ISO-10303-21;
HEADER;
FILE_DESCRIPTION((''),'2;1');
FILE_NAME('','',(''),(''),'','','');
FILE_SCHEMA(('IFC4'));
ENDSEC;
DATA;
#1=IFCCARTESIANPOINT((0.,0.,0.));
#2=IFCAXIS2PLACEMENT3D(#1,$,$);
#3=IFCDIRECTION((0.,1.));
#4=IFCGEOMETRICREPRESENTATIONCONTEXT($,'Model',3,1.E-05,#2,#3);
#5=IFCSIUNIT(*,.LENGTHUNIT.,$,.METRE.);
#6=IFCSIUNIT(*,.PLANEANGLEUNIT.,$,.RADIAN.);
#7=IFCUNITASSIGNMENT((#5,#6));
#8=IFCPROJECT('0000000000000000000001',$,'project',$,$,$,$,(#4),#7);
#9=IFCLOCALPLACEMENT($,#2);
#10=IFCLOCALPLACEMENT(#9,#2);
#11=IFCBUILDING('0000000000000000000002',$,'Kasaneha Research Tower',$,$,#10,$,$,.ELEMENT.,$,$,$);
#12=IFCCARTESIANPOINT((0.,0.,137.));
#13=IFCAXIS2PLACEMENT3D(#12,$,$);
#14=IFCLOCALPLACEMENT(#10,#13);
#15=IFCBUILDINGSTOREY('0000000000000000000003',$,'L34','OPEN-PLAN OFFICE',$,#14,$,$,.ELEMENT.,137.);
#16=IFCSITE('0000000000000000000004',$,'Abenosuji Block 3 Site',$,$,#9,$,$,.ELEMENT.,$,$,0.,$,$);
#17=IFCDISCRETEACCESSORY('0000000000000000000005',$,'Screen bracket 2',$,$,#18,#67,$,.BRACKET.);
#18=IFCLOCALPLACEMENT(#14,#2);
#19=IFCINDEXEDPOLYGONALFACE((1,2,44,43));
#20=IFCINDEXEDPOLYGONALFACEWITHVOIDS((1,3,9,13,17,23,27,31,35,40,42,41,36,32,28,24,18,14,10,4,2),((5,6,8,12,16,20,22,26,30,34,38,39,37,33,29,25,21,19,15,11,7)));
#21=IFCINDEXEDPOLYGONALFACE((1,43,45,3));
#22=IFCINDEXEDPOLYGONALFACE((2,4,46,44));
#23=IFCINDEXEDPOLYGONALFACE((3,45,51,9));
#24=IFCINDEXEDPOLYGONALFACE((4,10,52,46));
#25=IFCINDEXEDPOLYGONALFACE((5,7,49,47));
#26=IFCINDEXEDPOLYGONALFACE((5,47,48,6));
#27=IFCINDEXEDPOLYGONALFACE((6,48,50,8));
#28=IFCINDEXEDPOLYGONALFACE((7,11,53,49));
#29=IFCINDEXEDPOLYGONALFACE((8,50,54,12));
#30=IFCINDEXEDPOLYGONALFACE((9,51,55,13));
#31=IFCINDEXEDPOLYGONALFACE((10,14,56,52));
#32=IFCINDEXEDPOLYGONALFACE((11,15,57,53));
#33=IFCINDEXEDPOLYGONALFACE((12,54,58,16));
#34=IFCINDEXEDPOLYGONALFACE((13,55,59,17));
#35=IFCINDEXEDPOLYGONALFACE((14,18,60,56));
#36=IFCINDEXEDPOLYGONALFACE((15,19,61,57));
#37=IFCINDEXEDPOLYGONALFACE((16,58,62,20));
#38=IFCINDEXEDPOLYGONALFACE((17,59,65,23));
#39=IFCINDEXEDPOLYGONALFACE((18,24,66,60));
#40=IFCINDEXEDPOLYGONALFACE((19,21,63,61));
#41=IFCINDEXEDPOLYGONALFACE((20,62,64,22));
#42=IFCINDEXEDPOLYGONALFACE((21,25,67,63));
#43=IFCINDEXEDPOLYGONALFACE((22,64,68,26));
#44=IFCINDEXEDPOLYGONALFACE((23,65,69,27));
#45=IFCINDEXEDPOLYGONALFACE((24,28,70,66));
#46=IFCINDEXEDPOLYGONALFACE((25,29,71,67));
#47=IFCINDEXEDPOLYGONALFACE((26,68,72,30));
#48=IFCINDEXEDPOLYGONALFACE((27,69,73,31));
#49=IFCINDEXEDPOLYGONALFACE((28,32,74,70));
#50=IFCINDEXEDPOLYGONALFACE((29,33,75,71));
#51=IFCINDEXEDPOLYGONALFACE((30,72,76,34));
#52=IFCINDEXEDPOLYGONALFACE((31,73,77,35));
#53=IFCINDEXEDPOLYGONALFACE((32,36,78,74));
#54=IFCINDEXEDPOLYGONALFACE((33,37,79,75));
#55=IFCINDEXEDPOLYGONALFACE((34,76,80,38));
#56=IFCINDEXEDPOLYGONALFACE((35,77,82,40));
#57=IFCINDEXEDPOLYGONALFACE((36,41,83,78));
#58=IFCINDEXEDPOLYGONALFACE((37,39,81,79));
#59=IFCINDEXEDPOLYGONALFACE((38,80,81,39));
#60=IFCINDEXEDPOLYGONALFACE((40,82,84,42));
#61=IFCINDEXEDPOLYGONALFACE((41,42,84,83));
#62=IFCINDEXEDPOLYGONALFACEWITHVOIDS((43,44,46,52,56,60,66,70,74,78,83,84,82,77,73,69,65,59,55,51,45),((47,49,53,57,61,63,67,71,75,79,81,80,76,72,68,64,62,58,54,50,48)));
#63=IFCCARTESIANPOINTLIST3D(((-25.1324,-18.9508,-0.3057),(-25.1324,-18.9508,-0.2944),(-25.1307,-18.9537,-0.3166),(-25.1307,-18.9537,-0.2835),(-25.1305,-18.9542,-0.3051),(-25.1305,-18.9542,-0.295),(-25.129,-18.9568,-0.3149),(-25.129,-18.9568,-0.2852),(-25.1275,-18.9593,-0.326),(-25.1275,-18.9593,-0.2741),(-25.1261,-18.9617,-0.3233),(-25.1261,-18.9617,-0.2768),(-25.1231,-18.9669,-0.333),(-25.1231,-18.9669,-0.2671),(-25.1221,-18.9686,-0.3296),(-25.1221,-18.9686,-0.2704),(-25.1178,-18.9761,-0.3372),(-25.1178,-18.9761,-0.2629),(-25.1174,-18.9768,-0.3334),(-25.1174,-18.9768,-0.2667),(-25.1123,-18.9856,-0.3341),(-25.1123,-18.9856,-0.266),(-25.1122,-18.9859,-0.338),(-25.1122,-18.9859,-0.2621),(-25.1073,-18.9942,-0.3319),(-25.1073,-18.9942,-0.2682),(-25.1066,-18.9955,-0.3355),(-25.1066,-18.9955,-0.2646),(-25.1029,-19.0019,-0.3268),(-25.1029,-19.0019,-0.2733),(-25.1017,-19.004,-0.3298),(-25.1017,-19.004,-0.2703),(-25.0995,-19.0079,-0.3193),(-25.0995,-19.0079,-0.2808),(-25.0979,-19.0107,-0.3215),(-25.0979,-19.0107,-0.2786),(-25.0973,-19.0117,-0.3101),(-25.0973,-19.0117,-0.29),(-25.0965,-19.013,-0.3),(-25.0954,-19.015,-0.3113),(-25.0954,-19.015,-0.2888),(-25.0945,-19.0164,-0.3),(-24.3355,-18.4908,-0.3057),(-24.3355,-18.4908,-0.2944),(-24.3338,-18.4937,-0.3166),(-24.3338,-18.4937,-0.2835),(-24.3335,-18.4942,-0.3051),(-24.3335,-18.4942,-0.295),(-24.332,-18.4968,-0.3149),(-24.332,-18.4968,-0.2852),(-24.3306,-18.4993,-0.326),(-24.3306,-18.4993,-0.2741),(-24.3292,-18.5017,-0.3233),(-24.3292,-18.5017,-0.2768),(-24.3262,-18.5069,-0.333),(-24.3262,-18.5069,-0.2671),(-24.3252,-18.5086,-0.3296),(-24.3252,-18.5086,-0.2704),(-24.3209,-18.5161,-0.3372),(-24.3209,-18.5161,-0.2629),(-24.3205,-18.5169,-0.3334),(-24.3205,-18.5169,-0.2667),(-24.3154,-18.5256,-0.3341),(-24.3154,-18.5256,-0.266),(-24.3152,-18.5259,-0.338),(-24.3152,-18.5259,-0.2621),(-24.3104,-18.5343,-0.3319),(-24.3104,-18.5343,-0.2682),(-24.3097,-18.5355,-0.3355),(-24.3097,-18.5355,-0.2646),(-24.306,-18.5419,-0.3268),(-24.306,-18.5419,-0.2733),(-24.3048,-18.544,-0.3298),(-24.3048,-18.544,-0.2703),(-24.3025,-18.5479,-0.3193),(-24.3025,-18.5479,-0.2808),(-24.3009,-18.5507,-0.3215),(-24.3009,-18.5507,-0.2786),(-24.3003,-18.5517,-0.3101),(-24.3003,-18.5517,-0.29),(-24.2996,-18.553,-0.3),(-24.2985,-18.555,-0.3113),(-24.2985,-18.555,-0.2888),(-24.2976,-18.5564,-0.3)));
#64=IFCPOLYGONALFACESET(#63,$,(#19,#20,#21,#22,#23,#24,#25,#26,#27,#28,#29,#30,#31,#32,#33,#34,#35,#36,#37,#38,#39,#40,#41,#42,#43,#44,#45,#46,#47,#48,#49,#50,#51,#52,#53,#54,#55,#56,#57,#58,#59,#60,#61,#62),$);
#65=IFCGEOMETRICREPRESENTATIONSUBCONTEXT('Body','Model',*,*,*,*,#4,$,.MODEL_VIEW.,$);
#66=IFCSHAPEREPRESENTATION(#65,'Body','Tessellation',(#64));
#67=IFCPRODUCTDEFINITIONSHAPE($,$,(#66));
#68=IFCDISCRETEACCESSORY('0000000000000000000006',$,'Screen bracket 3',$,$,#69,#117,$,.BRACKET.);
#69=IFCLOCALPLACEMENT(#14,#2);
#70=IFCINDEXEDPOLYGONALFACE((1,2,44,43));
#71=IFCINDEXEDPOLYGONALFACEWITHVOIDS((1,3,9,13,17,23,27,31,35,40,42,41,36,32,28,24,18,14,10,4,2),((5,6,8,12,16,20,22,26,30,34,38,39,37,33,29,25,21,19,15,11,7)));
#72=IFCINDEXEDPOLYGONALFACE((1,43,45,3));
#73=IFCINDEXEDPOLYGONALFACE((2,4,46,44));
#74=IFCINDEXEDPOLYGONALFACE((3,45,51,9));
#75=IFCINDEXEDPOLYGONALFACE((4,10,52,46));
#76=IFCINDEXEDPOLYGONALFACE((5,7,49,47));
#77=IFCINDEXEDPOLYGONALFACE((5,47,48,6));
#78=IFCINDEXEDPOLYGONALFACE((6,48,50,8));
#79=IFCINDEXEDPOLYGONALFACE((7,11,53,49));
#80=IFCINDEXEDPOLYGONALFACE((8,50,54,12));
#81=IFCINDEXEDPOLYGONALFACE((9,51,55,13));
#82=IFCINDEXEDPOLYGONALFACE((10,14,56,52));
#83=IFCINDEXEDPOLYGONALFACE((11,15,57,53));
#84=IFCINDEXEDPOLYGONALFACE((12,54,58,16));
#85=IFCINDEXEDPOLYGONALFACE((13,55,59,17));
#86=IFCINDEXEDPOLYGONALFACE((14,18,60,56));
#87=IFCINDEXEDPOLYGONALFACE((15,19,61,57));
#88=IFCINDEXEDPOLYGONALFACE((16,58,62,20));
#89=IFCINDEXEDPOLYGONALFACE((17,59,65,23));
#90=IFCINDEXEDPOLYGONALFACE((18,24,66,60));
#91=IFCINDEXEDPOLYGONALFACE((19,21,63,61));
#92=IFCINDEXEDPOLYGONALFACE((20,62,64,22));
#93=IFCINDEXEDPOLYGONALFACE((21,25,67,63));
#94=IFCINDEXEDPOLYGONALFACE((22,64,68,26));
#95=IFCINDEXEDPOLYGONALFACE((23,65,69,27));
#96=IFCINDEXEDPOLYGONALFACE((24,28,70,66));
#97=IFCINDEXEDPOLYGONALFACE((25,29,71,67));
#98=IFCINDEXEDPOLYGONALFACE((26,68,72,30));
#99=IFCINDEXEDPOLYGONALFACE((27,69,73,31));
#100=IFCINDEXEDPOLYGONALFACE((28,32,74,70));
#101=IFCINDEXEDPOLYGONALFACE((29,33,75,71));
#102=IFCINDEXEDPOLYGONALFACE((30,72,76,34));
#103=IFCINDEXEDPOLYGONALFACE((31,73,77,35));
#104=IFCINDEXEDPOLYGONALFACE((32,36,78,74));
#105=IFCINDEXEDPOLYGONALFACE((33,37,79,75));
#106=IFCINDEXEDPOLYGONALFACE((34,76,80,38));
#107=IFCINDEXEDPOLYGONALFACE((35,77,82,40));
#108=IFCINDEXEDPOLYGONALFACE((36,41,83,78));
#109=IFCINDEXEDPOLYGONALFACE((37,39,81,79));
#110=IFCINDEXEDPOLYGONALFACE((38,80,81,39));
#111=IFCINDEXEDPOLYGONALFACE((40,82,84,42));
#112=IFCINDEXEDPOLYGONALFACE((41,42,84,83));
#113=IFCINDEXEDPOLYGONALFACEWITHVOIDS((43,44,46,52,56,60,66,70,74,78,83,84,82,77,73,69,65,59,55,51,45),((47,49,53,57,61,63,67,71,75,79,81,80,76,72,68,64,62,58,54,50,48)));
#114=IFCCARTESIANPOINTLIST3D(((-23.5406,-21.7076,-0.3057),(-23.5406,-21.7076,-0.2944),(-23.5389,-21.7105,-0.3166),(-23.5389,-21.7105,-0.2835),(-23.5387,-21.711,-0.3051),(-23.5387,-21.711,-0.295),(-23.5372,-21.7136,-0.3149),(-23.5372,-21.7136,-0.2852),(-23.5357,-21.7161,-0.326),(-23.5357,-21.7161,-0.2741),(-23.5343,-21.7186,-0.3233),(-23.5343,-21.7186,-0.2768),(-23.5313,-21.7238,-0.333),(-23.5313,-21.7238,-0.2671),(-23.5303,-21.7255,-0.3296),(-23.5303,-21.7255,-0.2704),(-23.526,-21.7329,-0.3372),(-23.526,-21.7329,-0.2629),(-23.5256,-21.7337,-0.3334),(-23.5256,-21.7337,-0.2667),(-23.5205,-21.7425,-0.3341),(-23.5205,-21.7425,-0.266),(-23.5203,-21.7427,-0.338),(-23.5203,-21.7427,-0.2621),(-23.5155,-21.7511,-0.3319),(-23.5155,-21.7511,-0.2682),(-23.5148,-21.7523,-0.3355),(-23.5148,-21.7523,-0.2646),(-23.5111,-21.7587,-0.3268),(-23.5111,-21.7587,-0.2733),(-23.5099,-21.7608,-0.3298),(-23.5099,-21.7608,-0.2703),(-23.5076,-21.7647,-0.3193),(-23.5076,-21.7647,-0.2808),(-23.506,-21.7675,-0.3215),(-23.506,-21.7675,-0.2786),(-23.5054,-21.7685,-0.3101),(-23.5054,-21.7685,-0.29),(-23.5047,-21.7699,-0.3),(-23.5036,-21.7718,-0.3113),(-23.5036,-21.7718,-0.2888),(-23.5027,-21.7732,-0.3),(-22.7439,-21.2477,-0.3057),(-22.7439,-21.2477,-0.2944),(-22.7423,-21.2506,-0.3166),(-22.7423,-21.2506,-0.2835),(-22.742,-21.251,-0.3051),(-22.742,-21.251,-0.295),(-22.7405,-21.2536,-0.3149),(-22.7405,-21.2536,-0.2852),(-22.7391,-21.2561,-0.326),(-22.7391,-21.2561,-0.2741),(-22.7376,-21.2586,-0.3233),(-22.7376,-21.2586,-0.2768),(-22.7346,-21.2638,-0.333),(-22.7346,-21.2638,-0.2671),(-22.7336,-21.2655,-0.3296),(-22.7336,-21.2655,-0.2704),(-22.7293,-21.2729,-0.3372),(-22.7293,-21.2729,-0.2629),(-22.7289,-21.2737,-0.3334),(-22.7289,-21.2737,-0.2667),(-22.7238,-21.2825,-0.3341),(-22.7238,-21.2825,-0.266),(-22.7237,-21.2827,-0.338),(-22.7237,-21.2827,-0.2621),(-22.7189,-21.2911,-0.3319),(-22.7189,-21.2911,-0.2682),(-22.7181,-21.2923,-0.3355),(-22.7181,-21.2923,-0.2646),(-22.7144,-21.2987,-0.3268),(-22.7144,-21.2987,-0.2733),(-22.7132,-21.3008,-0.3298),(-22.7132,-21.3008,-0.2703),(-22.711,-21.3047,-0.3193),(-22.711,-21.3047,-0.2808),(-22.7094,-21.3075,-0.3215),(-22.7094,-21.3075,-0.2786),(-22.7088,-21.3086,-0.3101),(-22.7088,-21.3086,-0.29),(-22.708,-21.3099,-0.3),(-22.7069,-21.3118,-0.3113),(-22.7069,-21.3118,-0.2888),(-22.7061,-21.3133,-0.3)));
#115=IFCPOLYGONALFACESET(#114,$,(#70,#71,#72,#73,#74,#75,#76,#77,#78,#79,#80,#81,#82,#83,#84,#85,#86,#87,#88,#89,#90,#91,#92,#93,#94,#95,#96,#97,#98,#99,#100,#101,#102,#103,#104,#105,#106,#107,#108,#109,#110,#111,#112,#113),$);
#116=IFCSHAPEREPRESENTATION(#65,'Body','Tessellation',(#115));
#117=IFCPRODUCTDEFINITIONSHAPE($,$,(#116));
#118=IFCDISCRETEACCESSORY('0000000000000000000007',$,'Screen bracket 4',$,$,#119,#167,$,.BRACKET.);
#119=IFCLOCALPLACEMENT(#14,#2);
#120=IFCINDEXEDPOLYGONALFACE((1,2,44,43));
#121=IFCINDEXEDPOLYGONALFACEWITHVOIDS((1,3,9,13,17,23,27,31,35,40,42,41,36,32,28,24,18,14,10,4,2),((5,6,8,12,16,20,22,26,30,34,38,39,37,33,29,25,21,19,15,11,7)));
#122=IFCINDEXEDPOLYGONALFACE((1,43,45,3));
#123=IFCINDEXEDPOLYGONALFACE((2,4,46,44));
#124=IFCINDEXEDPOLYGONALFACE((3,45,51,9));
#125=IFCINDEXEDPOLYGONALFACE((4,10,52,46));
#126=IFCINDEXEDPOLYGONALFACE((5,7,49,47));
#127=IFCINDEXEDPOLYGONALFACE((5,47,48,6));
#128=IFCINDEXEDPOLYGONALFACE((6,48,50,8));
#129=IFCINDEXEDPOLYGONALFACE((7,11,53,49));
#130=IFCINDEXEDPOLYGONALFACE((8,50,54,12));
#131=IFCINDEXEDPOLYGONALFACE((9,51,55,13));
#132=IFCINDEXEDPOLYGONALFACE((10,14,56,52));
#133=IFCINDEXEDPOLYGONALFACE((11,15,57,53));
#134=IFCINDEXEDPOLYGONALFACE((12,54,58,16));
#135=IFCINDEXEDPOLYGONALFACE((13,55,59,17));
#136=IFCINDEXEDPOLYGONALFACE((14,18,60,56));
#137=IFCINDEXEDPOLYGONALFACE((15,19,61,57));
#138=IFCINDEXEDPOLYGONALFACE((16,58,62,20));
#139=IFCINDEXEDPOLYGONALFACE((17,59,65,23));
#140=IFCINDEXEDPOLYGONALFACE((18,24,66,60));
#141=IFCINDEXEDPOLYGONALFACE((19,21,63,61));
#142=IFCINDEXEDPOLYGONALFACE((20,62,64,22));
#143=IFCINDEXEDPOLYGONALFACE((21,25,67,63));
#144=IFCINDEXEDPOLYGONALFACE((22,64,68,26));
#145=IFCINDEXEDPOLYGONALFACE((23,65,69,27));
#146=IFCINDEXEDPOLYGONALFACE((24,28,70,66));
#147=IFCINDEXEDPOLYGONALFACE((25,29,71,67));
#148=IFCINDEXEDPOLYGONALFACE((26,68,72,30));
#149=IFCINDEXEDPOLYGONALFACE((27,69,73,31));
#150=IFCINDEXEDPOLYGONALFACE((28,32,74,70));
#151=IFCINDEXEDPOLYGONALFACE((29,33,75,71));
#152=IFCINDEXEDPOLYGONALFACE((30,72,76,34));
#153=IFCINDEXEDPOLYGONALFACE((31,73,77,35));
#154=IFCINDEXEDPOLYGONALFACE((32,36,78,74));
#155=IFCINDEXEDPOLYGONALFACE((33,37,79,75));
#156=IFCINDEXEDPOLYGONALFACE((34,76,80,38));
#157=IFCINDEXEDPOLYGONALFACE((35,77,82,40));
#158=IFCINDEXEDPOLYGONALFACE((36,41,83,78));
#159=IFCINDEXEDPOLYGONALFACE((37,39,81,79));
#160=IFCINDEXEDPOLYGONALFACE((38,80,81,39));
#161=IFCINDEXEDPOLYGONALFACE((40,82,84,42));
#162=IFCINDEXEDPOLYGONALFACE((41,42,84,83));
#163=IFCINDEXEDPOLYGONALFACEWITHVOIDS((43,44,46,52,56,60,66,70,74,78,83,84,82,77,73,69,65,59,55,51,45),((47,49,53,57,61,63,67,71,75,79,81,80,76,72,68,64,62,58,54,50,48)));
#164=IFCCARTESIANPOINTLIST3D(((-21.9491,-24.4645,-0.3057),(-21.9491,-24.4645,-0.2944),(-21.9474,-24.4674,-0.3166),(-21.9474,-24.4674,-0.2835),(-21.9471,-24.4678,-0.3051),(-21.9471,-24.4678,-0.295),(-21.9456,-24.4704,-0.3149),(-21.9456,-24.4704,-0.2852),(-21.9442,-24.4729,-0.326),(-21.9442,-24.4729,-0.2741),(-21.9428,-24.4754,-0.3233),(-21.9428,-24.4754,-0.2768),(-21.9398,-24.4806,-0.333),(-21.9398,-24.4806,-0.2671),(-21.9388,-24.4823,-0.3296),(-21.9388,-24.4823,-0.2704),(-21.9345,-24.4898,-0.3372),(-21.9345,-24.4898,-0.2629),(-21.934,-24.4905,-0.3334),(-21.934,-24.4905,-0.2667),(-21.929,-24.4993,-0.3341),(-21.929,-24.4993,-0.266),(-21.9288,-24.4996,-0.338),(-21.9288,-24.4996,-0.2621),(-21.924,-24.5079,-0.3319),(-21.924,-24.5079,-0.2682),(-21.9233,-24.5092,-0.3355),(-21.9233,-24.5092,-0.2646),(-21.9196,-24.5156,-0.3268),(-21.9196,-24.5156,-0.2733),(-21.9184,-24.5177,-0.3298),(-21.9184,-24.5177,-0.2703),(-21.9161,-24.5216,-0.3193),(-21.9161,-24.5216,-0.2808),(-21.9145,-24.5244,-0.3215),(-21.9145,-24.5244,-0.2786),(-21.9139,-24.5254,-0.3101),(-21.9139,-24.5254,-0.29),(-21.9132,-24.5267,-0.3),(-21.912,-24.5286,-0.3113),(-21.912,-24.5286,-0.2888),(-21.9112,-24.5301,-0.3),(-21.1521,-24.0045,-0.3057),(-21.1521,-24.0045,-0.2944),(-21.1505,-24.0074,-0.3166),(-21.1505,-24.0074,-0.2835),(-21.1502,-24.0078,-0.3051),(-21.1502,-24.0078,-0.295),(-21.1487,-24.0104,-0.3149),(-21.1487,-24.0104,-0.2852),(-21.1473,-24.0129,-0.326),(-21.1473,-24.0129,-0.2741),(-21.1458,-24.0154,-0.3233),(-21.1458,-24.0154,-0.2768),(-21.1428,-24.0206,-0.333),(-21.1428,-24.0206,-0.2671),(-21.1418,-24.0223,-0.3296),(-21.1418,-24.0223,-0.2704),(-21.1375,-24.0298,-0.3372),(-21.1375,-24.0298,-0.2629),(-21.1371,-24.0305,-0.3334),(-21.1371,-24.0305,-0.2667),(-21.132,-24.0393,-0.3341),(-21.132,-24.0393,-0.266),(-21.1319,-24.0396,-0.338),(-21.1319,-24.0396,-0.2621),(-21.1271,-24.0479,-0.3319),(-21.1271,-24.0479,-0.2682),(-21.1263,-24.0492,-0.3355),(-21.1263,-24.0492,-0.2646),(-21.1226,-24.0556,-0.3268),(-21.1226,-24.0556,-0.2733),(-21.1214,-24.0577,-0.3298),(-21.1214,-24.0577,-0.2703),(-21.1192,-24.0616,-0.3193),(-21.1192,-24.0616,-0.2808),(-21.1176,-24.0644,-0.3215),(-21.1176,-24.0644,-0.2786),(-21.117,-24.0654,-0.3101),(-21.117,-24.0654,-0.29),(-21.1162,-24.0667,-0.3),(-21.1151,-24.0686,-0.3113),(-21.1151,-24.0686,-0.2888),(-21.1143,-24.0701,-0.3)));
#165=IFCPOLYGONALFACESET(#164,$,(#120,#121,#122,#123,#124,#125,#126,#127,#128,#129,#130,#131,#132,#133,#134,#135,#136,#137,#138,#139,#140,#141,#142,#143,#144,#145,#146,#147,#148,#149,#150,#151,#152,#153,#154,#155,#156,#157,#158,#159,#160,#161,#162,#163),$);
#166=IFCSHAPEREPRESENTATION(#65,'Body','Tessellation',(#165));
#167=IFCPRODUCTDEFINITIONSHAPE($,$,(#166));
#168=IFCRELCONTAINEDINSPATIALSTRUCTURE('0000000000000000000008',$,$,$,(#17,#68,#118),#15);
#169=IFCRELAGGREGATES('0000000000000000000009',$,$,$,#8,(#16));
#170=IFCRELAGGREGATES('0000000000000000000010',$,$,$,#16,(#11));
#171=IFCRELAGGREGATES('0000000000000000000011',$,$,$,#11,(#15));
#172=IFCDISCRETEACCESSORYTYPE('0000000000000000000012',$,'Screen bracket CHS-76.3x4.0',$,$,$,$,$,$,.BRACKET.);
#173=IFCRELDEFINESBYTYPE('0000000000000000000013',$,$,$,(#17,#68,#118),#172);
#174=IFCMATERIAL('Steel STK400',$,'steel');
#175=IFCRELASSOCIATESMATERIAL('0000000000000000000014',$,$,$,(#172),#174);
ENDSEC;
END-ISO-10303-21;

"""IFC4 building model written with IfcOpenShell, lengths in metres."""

from ifc_helpers import new_model, si_unit, direction, frame, origin, origin_2d, place, context, subcontext, project, spatial, hollow_circle, extrude, material, material_profile, profile_set, type_object, element, save


model = new_model("IFC4")

# Units and contexts
model_context = context("Model", 3, precision=1e-05, world=origin(), true_north=direction((0.0, 1.0)))
body_context = subcontext(model_context, "Body", "Model", "MODEL_VIEW")
ifc_project = project(units=[si_unit("LENGTHUNIT", "METRE"), si_unit("PLANEANGLEUNIT", "RADIAN")], contexts=[model_context])

# Site, building, storey
site_placement = place(None, origin())
site = spatial("IfcSite", under=ifc_project, at=site_placement, Name="Abenosuji Block 3 Site", CompositionType="ELEMENT", RefElevation=0.0)
building_placement = place(site_placement, origin())
building = spatial("IfcBuilding", under=site, at=building_placement, Name="Kasaneha Research Tower", CompositionType="ELEMENT")
storey_placement = place(building_placement, frame((0.0, 0.0, 137.0)))
storey = spatial("IfcBuildingStorey", under=building, at=storey_placement, Name="L34", Description="OPEN-PLAN OFFICE", CompositionType="ELEMENT", Elevation=137.0)

# Discrete accessories
ifc_material_1 = material(Name="Steel STK400", Category="steel")
ifc_material_profile_1 = material_profile(ifc_material_1, hollow_circle(Radius=0.0381, WallThickness=0.0039, at=origin_2d()), Name="CHS-76.3x4.0")
ifc_profile_set_1 = profile_set([ifc_material_profile_1], Name="Steel STK400")
discrete_accessory_type = type_object("IfcDiscreteAccessoryType", Name="Screen bracket CHS-76.3x4.0", PredefinedType="BRACKET", material=ifc_profile_set_1)
discrete_accessory_1_placement = place(storey_placement, frame((-24.3167, -18.5234, -0.3), z_axis=(-0.86608, -0.499906, 0.0), x_axis=(0.499906, -0.86608, 0.0)))
element("IfcDiscreteAccessory", 1, at=discrete_accessory_1_placement, inside=storey, type_object=discrete_accessory_type, Name="Screen bracket 2", PredefinedType="BRACKET", context=body_context, shape_type="SweptSolid", body=[
    extrude(hollow_circle(Radius=0.0381, WallThickness=0.0039, at=origin_2d()), origin(), (0.0, 0.0, 1.0), 0.9202),
])
discrete_accessory_2_placement = place(storey_placement, frame((-22.7251, -21.2803, -0.3), z_axis=(-0.866013, -0.500021, 0.0), x_axis=(0.500021, -0.866013, 0.0)))
element("IfcDiscreteAccessory", 2, at=discrete_accessory_2_placement, inside=storey, type_object=discrete_accessory_type, Name="Screen bracket 3", PredefinedType="BRACKET", context=body_context, shape_type="SweptSolid", body=[
    extrude(hollow_circle(Radius=0.0381, WallThickness=0.0039, at=origin_2d()), origin(), (0.0, 0.0, 1.0), 0.9199),
])
discrete_accessory_3_placement = place(storey_placement, frame((-21.1333, -24.0371, -0.3), z_axis=(-0.86608, -0.499906, 0.0), x_axis=(0.499906, -0.86608, 0.0)))
element("IfcDiscreteAccessory", 3, at=discrete_accessory_3_placement, inside=storey, type_object=discrete_accessory_type, Name="Screen bracket 4", PredefinedType="BRACKET", context=body_context, shape_type="SweptSolid", body=[
    extrude(hollow_circle(Radius=0.0381, WallThickness=0.0039, at=origin_2d()), origin(), (0.0, 0.0, 1.0), 0.9202),
])

save(model, "model.ifc")
